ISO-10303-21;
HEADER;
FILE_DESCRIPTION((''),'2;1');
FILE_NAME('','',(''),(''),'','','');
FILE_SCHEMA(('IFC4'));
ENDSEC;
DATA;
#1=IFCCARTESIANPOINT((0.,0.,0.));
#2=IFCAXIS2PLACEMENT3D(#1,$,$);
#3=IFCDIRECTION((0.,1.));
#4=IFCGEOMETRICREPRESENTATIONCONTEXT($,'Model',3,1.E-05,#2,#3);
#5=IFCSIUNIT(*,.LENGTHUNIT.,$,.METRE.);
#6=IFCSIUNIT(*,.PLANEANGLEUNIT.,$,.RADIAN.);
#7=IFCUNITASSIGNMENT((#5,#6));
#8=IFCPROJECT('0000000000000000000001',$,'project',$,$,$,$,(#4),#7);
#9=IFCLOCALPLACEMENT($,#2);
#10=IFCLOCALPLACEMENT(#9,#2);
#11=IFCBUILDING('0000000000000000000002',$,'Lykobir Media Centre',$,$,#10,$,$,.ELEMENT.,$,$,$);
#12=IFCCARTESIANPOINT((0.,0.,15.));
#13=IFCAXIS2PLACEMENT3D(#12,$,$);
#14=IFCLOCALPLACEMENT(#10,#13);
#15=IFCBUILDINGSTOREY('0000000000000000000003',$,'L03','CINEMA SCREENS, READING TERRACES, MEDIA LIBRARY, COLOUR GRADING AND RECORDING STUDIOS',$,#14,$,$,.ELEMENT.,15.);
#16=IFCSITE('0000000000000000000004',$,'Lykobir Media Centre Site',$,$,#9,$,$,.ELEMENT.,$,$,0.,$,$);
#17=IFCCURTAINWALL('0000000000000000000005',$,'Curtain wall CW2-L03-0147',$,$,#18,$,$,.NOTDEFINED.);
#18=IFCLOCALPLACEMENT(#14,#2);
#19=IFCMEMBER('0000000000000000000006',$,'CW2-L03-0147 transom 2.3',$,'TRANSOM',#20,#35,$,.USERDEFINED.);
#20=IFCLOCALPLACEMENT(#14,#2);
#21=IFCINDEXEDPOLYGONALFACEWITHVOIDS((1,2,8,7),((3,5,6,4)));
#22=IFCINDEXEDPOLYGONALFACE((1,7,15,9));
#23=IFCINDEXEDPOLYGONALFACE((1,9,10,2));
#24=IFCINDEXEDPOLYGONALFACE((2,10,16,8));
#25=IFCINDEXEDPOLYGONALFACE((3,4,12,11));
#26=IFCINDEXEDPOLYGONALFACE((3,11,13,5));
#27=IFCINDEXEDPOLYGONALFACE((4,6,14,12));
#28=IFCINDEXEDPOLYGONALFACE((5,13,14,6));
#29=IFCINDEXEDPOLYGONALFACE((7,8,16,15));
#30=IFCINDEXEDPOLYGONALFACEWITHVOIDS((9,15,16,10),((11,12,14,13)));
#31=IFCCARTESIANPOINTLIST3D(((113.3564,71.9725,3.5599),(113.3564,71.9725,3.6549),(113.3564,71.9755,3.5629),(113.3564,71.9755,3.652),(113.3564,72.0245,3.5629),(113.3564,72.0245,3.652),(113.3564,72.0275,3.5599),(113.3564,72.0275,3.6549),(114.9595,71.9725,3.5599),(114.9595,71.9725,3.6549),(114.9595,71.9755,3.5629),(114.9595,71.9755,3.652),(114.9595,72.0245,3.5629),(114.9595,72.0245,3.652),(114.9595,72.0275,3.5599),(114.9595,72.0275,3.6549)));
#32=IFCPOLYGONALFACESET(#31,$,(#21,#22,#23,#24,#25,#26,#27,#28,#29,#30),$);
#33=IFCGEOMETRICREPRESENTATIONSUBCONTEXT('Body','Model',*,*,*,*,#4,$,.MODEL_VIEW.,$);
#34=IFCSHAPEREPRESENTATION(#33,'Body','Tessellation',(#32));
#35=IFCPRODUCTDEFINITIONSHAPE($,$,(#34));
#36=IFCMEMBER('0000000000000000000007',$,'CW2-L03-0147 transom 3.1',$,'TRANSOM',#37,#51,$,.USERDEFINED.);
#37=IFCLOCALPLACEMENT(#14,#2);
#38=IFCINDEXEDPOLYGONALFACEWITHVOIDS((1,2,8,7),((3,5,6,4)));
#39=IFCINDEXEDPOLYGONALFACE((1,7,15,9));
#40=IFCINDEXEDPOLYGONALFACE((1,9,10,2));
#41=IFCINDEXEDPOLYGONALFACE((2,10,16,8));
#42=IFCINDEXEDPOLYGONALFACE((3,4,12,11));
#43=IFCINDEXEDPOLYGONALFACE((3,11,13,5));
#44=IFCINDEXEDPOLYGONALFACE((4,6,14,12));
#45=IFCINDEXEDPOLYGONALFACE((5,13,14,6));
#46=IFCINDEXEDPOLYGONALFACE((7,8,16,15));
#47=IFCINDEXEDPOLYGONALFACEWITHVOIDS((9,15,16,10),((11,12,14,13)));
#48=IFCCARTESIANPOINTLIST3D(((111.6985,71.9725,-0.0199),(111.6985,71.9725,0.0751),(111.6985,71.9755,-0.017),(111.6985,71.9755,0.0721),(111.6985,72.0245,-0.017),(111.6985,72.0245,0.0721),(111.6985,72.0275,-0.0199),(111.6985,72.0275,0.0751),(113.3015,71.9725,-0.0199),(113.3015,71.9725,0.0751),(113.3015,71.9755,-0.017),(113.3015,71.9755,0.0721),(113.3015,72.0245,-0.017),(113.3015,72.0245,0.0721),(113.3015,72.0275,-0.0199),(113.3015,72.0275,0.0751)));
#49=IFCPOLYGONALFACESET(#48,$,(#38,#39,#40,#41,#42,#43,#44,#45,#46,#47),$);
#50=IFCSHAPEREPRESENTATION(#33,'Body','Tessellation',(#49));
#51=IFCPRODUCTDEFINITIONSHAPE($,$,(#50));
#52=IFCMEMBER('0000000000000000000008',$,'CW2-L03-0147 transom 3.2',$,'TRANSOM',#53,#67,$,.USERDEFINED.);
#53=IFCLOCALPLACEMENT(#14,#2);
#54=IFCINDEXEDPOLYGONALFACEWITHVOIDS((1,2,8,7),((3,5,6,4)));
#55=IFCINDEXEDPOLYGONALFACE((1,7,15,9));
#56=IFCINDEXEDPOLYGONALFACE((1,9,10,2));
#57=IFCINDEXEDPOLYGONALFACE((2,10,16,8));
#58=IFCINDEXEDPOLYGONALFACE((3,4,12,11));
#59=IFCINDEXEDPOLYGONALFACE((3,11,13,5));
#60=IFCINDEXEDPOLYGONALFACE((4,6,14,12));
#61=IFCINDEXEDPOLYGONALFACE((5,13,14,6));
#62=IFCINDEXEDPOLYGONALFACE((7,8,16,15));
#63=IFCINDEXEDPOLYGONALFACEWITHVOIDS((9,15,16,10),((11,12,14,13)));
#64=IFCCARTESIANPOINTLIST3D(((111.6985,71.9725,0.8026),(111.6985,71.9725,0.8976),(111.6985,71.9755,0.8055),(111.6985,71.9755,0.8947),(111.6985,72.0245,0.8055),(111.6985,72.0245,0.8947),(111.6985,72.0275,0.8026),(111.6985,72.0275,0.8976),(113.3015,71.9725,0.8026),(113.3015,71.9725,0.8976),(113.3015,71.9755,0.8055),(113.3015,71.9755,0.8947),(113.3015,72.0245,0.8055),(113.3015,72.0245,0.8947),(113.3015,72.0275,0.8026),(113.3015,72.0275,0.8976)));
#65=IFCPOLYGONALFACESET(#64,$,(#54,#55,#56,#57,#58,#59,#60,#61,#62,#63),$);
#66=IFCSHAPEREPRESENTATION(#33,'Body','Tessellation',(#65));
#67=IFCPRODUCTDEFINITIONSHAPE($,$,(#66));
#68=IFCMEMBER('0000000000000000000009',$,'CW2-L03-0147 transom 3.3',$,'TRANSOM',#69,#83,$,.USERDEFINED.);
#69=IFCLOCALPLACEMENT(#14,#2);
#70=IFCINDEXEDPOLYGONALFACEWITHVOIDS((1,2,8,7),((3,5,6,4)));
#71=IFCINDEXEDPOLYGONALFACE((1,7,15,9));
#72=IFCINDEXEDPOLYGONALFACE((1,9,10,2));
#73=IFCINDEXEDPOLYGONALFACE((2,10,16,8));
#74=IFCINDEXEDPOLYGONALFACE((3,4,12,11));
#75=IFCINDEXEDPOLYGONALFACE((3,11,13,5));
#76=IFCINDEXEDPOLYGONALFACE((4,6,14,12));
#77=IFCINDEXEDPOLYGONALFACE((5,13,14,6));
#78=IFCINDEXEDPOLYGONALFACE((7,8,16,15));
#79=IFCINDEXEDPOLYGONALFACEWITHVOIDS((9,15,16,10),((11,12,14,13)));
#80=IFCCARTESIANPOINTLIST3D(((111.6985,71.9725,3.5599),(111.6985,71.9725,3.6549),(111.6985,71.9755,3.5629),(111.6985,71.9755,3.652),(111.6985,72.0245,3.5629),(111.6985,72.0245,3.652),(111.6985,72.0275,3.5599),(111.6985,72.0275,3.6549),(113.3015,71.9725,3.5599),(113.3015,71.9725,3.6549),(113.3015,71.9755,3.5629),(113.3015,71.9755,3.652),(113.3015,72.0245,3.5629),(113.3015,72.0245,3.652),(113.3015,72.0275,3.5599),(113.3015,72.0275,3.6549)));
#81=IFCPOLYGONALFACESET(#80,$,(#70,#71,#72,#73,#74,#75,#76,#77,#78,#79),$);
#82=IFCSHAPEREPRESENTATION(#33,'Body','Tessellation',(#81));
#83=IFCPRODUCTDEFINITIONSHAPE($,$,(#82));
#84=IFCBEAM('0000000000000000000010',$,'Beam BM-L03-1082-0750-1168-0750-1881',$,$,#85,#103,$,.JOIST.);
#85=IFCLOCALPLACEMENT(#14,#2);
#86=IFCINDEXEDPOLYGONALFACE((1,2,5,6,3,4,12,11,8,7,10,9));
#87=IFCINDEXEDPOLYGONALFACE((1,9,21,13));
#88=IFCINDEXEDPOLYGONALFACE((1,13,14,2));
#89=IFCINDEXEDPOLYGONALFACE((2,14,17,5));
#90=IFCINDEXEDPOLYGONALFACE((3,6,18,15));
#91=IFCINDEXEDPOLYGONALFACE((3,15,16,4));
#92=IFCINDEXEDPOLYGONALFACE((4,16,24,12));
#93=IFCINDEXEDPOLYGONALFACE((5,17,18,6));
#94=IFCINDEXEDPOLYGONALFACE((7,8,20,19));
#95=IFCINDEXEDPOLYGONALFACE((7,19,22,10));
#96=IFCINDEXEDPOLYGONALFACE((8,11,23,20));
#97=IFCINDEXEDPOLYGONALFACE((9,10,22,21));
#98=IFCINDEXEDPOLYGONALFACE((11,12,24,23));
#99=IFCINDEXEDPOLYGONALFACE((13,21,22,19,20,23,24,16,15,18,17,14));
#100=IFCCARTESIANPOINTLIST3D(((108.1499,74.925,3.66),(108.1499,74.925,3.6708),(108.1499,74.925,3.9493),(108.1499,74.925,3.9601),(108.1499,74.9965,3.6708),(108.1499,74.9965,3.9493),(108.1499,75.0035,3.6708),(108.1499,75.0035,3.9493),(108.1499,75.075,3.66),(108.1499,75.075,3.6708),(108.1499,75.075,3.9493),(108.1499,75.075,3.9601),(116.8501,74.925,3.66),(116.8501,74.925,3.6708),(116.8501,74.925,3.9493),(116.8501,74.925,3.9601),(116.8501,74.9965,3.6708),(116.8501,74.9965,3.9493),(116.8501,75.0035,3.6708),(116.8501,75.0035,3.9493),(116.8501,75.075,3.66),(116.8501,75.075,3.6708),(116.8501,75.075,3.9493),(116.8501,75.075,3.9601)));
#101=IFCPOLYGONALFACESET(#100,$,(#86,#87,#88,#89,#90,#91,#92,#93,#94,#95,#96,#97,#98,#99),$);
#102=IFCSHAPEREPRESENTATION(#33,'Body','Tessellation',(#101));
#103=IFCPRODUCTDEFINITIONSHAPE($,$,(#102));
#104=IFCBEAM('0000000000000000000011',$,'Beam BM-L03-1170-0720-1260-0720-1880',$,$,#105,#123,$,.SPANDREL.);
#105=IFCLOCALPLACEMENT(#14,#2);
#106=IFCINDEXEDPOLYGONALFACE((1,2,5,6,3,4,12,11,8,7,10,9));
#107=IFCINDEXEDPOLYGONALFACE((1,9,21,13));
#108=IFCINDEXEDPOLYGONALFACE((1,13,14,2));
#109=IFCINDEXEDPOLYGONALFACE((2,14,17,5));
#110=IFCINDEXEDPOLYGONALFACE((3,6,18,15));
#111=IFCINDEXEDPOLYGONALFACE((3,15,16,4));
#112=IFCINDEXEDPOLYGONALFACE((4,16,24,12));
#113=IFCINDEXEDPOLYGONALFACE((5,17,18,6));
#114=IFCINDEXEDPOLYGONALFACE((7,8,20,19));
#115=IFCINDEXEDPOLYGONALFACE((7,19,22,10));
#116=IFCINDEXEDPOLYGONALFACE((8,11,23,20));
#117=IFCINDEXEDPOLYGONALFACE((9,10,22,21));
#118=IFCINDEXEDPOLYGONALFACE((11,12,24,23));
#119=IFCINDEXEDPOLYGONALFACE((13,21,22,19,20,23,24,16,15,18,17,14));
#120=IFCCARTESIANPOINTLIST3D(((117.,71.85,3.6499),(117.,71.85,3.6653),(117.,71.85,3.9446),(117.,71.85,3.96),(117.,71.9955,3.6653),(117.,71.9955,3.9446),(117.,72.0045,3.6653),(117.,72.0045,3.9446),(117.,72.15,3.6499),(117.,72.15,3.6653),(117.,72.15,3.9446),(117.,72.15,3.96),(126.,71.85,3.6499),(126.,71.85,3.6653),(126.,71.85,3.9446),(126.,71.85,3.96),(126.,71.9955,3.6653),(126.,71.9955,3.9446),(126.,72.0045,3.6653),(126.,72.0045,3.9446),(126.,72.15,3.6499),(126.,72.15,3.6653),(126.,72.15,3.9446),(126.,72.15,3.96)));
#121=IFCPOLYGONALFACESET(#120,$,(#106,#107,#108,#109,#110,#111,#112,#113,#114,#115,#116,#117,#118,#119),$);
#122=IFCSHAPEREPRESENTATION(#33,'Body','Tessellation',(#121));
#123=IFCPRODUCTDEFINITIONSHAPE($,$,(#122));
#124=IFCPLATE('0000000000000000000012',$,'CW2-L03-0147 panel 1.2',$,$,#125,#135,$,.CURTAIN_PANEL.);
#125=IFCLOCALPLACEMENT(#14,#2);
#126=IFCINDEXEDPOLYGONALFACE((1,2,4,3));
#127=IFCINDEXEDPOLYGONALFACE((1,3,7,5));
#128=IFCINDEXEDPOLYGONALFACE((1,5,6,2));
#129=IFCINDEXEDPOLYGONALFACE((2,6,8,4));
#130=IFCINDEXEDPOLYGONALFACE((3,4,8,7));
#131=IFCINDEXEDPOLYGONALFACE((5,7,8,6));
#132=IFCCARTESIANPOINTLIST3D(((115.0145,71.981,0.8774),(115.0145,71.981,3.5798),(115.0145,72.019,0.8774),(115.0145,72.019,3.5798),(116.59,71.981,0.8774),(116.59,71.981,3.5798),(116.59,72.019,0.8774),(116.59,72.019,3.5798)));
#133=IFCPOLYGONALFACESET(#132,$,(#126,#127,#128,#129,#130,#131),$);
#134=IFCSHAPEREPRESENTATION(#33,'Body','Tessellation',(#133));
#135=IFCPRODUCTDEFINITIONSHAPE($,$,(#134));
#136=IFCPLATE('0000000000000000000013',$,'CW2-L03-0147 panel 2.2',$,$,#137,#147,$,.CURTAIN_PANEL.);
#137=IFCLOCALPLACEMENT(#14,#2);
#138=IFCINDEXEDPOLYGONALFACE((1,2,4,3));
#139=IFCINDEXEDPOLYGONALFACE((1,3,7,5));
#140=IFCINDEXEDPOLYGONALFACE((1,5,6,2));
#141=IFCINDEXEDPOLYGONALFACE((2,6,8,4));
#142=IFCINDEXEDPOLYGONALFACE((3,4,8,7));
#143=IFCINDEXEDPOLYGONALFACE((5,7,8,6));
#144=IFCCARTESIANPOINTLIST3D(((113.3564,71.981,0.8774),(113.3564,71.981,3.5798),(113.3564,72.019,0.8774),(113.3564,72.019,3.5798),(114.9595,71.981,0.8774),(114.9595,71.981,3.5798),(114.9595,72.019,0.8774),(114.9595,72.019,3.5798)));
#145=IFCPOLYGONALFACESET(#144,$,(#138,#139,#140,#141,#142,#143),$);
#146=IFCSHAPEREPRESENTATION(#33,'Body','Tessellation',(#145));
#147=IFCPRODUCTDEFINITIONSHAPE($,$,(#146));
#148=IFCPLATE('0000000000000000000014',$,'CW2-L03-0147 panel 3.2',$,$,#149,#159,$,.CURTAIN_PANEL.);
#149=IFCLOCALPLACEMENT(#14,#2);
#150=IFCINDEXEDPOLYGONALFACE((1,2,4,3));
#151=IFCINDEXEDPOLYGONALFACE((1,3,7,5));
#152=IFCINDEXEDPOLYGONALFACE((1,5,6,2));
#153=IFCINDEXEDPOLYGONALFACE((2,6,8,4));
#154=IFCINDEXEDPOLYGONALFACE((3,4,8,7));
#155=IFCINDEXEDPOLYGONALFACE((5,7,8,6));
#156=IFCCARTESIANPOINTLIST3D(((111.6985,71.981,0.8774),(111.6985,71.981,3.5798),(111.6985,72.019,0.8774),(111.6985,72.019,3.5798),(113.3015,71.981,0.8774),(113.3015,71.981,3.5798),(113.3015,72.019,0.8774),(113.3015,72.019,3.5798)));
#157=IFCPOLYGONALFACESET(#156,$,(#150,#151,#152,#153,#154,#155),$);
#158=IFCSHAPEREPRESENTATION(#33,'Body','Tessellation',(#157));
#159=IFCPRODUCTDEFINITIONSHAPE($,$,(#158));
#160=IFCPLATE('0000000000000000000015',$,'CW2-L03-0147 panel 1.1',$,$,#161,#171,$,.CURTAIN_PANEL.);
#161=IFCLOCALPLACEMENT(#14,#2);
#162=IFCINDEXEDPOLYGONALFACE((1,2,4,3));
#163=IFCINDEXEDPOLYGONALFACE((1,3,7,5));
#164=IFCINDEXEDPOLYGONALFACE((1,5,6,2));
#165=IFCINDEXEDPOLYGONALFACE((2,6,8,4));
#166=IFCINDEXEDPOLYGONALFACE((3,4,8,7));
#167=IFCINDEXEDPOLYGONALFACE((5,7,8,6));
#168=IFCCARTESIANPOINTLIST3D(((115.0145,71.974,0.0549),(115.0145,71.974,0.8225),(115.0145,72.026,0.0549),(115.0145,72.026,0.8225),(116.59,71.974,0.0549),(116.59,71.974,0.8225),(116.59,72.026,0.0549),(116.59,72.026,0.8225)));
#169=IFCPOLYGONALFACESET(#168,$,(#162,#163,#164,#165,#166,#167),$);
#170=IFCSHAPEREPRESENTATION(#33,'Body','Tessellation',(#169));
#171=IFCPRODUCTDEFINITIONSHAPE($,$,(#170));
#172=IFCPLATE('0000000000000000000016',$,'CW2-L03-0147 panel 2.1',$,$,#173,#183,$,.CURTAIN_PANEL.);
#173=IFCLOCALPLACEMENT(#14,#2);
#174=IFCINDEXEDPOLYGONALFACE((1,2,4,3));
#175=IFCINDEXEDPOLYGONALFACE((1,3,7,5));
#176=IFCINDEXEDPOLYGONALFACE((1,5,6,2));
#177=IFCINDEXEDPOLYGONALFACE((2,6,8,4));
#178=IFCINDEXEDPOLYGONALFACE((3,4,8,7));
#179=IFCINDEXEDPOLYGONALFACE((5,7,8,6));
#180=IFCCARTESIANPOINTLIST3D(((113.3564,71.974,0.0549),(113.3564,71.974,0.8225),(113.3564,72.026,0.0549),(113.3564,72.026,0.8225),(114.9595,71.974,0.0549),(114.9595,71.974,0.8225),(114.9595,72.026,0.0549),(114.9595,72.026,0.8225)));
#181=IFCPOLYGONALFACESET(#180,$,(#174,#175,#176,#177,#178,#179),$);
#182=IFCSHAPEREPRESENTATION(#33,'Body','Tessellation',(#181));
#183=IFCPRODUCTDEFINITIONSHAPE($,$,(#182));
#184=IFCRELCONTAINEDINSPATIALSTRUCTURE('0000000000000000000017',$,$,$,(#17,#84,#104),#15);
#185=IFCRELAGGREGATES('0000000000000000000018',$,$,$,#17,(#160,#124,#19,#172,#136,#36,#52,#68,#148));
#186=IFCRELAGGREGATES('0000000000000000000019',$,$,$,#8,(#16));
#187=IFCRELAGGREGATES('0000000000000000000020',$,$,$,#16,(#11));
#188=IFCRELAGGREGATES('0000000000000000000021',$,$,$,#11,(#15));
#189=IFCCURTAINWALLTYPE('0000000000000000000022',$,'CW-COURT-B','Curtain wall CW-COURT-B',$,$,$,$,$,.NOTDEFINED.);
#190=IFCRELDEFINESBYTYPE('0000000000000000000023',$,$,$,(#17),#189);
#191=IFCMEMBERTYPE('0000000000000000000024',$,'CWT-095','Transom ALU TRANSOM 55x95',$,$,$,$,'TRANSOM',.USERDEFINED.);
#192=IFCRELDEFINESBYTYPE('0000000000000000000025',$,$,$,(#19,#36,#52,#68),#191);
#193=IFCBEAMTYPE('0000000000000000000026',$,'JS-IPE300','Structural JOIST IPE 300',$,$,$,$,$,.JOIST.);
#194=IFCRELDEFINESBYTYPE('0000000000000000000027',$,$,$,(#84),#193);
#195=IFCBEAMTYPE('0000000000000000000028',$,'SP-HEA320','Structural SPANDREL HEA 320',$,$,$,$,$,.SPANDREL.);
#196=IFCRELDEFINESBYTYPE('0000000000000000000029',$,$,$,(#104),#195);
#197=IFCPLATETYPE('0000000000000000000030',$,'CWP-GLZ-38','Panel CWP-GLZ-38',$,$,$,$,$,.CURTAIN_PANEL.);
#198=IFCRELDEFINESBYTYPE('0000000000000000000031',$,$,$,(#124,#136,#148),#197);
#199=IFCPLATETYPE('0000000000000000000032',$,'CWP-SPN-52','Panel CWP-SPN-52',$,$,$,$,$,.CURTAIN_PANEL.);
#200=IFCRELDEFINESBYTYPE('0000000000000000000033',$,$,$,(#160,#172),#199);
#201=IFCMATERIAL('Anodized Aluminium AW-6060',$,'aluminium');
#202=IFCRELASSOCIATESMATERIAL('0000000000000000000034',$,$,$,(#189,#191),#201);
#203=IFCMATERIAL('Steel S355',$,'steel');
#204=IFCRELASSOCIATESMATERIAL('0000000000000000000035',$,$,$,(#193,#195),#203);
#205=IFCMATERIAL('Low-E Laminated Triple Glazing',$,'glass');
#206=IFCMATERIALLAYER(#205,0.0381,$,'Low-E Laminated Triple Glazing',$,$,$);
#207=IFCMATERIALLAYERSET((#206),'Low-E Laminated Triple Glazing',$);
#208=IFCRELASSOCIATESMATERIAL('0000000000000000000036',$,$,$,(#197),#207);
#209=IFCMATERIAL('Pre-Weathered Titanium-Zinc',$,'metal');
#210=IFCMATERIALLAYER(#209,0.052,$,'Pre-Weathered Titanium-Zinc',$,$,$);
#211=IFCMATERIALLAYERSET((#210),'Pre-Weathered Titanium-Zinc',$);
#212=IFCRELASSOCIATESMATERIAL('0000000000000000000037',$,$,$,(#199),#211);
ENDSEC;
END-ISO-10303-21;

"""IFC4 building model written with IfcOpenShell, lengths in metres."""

from ifc_helpers import new_model, si_unit, direction, frame, origin, origin_2d, place, context, subcontext, project, spatial, rectangle, hollow_rectangle, i_section, extrude, material, layer, layer_set, material_profile, profile_set, type_object, element, aggregate, save


model = new_model("IFC4")

# Units and contexts
model_context = context("Model", 3, precision=1e-05, world=origin(), true_north=direction((0.0, 1.0)))
body_context = subcontext(model_context, "Body", "Model", "MODEL_VIEW")
ifc_project = project(units=[si_unit("LENGTHUNIT", "METRE"), si_unit("PLANEANGLEUNIT", "RADIAN")], contexts=[model_context])

# Site, building, storey
site_placement = place(None, origin())
site = spatial("IfcSite", under=ifc_project, at=site_placement, Name="Lykobir Media Centre Site", CompositionType="ELEMENT", RefElevation=0.0)
building_placement = place(site_placement, origin())
building = spatial("IfcBuilding", under=site, at=building_placement, Name="Lykobir Media Centre", CompositionType="ELEMENT")
storey_placement = place(building_placement, frame((0.0, 0.0, 15.0)))
storey = spatial("IfcBuildingStorey", under=building, at=storey_placement, Name="L03", Description="CINEMA SCREENS, READING TERRACES, MEDIA LIBRARY, COLOUR GRADING AND RECORDING STUDIOS", CompositionType="ELEMENT", Elevation=15.0)

# Shared definitions
ifc_material_1 = material(Name="Steel S355", Category="steel")

# Curtain wall, members
ifc_material_2 = material(Name="Anodized Aluminium AW-6060", Category="aluminium")
curtain_wall_type = type_object("IfcCurtainWallType", Name="CW-COURT-B", Description="Curtain wall CW-COURT-B", PredefinedType="NOTDEFINED", material=ifc_material_2)
curtain_wall_placement = place(storey_placement, origin())
curtain_wall = element("IfcCurtainWall", 1, at=curtain_wall_placement, inside=storey, type_object=curtain_wall_type, Name="Curtain wall CW2-L03-0147", PredefinedType="NOTDEFINED")
ifc_material_profile_1 = material_profile(ifc_material_2, hollow_rectangle(XDim=0.0549, YDim=0.095, WallThickness=0.0029, at=origin_2d()), Name="ALU TRANSOM 55x95")
ifc_profile_set_1 = profile_set([ifc_material_profile_1], Name="Anodized Aluminium AW-6060")
member_type_1 = type_object("IfcMemberType", Name="CWT-095", Description="Transom ALU TRANSOM 55x95", ElementType="TRANSOM", PredefinedType="USERDEFINED", material=ifc_profile_set_1)
member_1_placement = place(storey_placement, frame((114.9595, 72.0, 3.6074), z_axis=(-1.0, 0.0, 0.0), x_axis=(0.0, -1.0, 0.0)))
member_1 = element("IfcMember", 2, at=member_1_placement, type_object=member_type_1, Name="CW2-L03-0147 transom 2.3", ObjectType="TRANSOM", PredefinedType="USERDEFINED", context=body_context, shape_type="SweptSolid", body=[
    extrude(hollow_rectangle(XDim=0.0549, YDim=0.095, WallThickness=0.0029, at=origin_2d()), origin(), (0.0, 0.0, 1.0), 1.603),
])
member_2_placement = place(storey_placement, frame((113.3015, 72.0, 0.0276), z_axis=(-1.0, 0.0, 0.0), x_axis=(0.0, -1.0, 0.0)))
member_2 = element("IfcMember", 3, at=member_2_placement, type_object=member_type_1, Name="CW2-L03-0147 transom 3.1", ObjectType="TRANSOM", PredefinedType="USERDEFINED", context=body_context, shape_type="SweptSolid", body=[
    extrude(hollow_rectangle(XDim=0.0549, YDim=0.095, WallThickness=0.0029, at=origin_2d()), origin(), (0.0, 0.0, 1.0), 1.603),
])
member_3_placement = place(storey_placement, frame((113.3015, 72.0, 0.8501), z_axis=(-1.0, 0.0, 0.0), x_axis=(0.0, -1.0, 0.0)))
member_3 = element("IfcMember", 4, at=member_3_placement, type_object=member_type_1, Name="CW2-L03-0147 transom 3.2", ObjectType="TRANSOM", PredefinedType="USERDEFINED", context=body_context, shape_type="SweptSolid", body=[
    extrude(hollow_rectangle(XDim=0.0549, YDim=0.095, WallThickness=0.0029, at=origin_2d()), origin(), (0.0, 0.0, 1.0), 1.603),
])
member_4_placement = place(storey_placement, frame((113.3015, 72.0, 3.6074), z_axis=(-1.0, 0.0, 0.0), x_axis=(0.0, -1.0, 0.0)))
member_4 = element("IfcMember", 5, at=member_4_placement, type_object=member_type_1, Name="CW2-L03-0147 transom 3.3", ObjectType="TRANSOM", PredefinedType="USERDEFINED", context=body_context, shape_type="SweptSolid", body=[
    extrude(hollow_rectangle(XDim=0.0549, YDim=0.095, WallThickness=0.0029, at=origin_2d()), origin(), (0.0, 0.0, 1.0), 1.603),
])

# Beams
ifc_material_profile_2 = material_profile(ifc_material_1, i_section(OverallWidth=0.1499, OverallDepth=0.3, WebThickness=0.0071, FlangeThickness=0.0107, at=origin_2d()), Name="IPE 300")
ifc_profile_set_2 = profile_set([ifc_material_profile_2], Name="Steel S355")
beam_type_1 = type_object("IfcBeamType", Name="JS-IPE300", Description="Structural JOIST IPE 300", PredefinedType="JOIST", material=ifc_profile_set_2)
beam_1_placement = place(storey_placement, frame((108.1499, 75.0, 3.8101), z_axis=(1.0, 0.0, 0.0), x_axis=(0.0, 1.0, 0.0)))
element("IfcBeam", 6, at=beam_1_placement, inside=storey, type_object=beam_type_1, Name="Beam BM-L03-1082-0750-1168-0750-1881", PredefinedType="JOIST", context=body_context, shape_type="SweptSolid", body=[
    extrude(i_section(OverallWidth=0.1499, OverallDepth=0.3, WebThickness=0.0071, FlangeThickness=0.0107, at=origin_2d()), origin(), (0.0, 0.0, 1.0), 8.7002),
])
ifc_material_profile_3 = material_profile(ifc_material_1, i_section(OverallWidth=0.3, OverallDepth=0.3101, WebThickness=0.009, FlangeThickness=0.0154, at=origin_2d()), Name="HEA 320")
ifc_profile_set_3 = profile_set([ifc_material_profile_3], Name="Steel S355")
beam_type_2 = type_object("IfcBeamType", Name="SP-HEA320", Description="Structural SPANDREL HEA 320", PredefinedType="SPANDREL", material=ifc_profile_set_3)
beam_2_placement = place(storey_placement, frame((117.0, 72.0, 3.8049), z_axis=(1.0, 0.0, 0.0), x_axis=(0.0, 1.0, 0.0)))
element("IfcBeam", 7, at=beam_2_placement, inside=storey, type_object=beam_type_2, Name="Beam BM-L03-1170-0720-1260-0720-1880", PredefinedType="SPANDREL", context=body_context, shape_type="SweptSolid", body=[
    extrude(i_section(OverallWidth=0.3, OverallDepth=0.3101, WebThickness=0.009, FlangeThickness=0.0154, at=origin_2d()), origin(), (0.0, 0.0, 1.0), 9.0),
])

# Plates
ifc_material_3 = material(Name="Low-E Laminated Triple Glazing", Category="glass")
ifc_layer_1 = layer(ifc_material_3, 0.0381, Name="Low-E Laminated Triple Glazing")
ifc_layer_set_1 = layer_set([ifc_layer_1], Name="Low-E Laminated Triple Glazing")
plate_type_1 = type_object("IfcPlateType", Name="CWP-GLZ-38", Description="Panel CWP-GLZ-38", PredefinedType="CURTAIN_PANEL", material=ifc_layer_set_1)
plate_1_placement = place(storey_placement, frame((115.8022, 72.0, 0.8774), z_axis=(0.0, 0.0, 1.0), x_axis=(-1.0, 0.0, 0.0)))
plate_1 = element("IfcPlate", 8, at=plate_1_placement, type_object=plate_type_1, Name="CW2-L03-0147 panel 1.2", PredefinedType="CURTAIN_PANEL", context=body_context, shape_type="SweptSolid", body=[
    extrude(rectangle(XDim=1.5754, YDim=0.0381, at=origin_2d()), origin(), (0.0, 0.0, 1.0), 2.7024),
])
plate_2_placement = place(storey_placement, frame((114.158, 72.0, 0.8774), z_axis=(0.0, 0.0, 1.0), x_axis=(-1.0, 0.0, 0.0)))
plate_2 = element("IfcPlate", 9, at=plate_2_placement, type_object=plate_type_1, Name="CW2-L03-0147 panel 2.2", PredefinedType="CURTAIN_PANEL", context=body_context, shape_type="SweptSolid", body=[
    extrude(rectangle(XDim=1.603, YDim=0.0381, at=origin_2d()), origin(), (0.0, 0.0, 1.0), 2.7024),
])
plate_3_placement = place(storey_placement, frame((112.5, 72.0, 0.8774), z_axis=(0.0, 0.0, 1.0), x_axis=(-1.0, 0.0, 0.0)))
plate_3 = element("IfcPlate", 10, at=plate_3_placement, type_object=plate_type_1, Name="CW2-L03-0147 panel 3.2", PredefinedType="CURTAIN_PANEL", context=body_context, shape_type="SweptSolid", body=[
    extrude(rectangle(XDim=1.603, YDim=0.0381, at=origin_2d()), origin(), (0.0, 0.0, 1.0), 2.7024),
])
ifc_material_4 = material(Name="Pre-Weathered Titanium-Zinc", Category="metal")
ifc_layer_2 = layer(ifc_material_4, 0.052, Name="Pre-Weathered Titanium-Zinc")
ifc_layer_set_2 = layer_set([ifc_layer_2], Name="Pre-Weathered Titanium-Zinc")
plate_type_2 = type_object("IfcPlateType", Name="CWP-SPN-52", Description="Panel CWP-SPN-52", PredefinedType="CURTAIN_PANEL", material=ifc_layer_set_2)
plate_4_placement = place(storey_placement, frame((115.8022, 72.0, 0.0549), z_axis=(0.0, 0.0, 1.0), x_axis=(-1.0, 0.0, 0.0)))
plate_4 = element("IfcPlate", 11, at=plate_4_placement, type_object=plate_type_2, Name="CW2-L03-0147 panel 1.1", PredefinedType="CURTAIN_PANEL", context=body_context, shape_type="SweptSolid", body=[
    extrude(rectangle(XDim=1.5754, YDim=0.052, at=origin_2d()), origin(), (0.0, 0.0, 1.0), 0.7676),
])
plate_5_placement = place(storey_placement, frame((114.158, 72.0, 0.0549), z_axis=(0.0, 0.0, 1.0), x_axis=(-1.0, 0.0, 0.0)))
plate_5 = element("IfcPlate", 12, at=plate_5_placement, type_object=plate_type_2, Name="CW2-L03-0147 panel 2.1", PredefinedType="CURTAIN_PANEL", context=body_context, shape_type="SweptSolid", body=[
    extrude(rectangle(XDim=1.603, YDim=0.052, at=origin_2d()), origin(), (0.0, 0.0, 1.0), 0.7676),
])
aggregate(curtain_wall, [plate_4, plate_1, member_1, plate_5, plate_2, member_2, member_3, member_4, plate_3])

save(model, "model.ifc")
